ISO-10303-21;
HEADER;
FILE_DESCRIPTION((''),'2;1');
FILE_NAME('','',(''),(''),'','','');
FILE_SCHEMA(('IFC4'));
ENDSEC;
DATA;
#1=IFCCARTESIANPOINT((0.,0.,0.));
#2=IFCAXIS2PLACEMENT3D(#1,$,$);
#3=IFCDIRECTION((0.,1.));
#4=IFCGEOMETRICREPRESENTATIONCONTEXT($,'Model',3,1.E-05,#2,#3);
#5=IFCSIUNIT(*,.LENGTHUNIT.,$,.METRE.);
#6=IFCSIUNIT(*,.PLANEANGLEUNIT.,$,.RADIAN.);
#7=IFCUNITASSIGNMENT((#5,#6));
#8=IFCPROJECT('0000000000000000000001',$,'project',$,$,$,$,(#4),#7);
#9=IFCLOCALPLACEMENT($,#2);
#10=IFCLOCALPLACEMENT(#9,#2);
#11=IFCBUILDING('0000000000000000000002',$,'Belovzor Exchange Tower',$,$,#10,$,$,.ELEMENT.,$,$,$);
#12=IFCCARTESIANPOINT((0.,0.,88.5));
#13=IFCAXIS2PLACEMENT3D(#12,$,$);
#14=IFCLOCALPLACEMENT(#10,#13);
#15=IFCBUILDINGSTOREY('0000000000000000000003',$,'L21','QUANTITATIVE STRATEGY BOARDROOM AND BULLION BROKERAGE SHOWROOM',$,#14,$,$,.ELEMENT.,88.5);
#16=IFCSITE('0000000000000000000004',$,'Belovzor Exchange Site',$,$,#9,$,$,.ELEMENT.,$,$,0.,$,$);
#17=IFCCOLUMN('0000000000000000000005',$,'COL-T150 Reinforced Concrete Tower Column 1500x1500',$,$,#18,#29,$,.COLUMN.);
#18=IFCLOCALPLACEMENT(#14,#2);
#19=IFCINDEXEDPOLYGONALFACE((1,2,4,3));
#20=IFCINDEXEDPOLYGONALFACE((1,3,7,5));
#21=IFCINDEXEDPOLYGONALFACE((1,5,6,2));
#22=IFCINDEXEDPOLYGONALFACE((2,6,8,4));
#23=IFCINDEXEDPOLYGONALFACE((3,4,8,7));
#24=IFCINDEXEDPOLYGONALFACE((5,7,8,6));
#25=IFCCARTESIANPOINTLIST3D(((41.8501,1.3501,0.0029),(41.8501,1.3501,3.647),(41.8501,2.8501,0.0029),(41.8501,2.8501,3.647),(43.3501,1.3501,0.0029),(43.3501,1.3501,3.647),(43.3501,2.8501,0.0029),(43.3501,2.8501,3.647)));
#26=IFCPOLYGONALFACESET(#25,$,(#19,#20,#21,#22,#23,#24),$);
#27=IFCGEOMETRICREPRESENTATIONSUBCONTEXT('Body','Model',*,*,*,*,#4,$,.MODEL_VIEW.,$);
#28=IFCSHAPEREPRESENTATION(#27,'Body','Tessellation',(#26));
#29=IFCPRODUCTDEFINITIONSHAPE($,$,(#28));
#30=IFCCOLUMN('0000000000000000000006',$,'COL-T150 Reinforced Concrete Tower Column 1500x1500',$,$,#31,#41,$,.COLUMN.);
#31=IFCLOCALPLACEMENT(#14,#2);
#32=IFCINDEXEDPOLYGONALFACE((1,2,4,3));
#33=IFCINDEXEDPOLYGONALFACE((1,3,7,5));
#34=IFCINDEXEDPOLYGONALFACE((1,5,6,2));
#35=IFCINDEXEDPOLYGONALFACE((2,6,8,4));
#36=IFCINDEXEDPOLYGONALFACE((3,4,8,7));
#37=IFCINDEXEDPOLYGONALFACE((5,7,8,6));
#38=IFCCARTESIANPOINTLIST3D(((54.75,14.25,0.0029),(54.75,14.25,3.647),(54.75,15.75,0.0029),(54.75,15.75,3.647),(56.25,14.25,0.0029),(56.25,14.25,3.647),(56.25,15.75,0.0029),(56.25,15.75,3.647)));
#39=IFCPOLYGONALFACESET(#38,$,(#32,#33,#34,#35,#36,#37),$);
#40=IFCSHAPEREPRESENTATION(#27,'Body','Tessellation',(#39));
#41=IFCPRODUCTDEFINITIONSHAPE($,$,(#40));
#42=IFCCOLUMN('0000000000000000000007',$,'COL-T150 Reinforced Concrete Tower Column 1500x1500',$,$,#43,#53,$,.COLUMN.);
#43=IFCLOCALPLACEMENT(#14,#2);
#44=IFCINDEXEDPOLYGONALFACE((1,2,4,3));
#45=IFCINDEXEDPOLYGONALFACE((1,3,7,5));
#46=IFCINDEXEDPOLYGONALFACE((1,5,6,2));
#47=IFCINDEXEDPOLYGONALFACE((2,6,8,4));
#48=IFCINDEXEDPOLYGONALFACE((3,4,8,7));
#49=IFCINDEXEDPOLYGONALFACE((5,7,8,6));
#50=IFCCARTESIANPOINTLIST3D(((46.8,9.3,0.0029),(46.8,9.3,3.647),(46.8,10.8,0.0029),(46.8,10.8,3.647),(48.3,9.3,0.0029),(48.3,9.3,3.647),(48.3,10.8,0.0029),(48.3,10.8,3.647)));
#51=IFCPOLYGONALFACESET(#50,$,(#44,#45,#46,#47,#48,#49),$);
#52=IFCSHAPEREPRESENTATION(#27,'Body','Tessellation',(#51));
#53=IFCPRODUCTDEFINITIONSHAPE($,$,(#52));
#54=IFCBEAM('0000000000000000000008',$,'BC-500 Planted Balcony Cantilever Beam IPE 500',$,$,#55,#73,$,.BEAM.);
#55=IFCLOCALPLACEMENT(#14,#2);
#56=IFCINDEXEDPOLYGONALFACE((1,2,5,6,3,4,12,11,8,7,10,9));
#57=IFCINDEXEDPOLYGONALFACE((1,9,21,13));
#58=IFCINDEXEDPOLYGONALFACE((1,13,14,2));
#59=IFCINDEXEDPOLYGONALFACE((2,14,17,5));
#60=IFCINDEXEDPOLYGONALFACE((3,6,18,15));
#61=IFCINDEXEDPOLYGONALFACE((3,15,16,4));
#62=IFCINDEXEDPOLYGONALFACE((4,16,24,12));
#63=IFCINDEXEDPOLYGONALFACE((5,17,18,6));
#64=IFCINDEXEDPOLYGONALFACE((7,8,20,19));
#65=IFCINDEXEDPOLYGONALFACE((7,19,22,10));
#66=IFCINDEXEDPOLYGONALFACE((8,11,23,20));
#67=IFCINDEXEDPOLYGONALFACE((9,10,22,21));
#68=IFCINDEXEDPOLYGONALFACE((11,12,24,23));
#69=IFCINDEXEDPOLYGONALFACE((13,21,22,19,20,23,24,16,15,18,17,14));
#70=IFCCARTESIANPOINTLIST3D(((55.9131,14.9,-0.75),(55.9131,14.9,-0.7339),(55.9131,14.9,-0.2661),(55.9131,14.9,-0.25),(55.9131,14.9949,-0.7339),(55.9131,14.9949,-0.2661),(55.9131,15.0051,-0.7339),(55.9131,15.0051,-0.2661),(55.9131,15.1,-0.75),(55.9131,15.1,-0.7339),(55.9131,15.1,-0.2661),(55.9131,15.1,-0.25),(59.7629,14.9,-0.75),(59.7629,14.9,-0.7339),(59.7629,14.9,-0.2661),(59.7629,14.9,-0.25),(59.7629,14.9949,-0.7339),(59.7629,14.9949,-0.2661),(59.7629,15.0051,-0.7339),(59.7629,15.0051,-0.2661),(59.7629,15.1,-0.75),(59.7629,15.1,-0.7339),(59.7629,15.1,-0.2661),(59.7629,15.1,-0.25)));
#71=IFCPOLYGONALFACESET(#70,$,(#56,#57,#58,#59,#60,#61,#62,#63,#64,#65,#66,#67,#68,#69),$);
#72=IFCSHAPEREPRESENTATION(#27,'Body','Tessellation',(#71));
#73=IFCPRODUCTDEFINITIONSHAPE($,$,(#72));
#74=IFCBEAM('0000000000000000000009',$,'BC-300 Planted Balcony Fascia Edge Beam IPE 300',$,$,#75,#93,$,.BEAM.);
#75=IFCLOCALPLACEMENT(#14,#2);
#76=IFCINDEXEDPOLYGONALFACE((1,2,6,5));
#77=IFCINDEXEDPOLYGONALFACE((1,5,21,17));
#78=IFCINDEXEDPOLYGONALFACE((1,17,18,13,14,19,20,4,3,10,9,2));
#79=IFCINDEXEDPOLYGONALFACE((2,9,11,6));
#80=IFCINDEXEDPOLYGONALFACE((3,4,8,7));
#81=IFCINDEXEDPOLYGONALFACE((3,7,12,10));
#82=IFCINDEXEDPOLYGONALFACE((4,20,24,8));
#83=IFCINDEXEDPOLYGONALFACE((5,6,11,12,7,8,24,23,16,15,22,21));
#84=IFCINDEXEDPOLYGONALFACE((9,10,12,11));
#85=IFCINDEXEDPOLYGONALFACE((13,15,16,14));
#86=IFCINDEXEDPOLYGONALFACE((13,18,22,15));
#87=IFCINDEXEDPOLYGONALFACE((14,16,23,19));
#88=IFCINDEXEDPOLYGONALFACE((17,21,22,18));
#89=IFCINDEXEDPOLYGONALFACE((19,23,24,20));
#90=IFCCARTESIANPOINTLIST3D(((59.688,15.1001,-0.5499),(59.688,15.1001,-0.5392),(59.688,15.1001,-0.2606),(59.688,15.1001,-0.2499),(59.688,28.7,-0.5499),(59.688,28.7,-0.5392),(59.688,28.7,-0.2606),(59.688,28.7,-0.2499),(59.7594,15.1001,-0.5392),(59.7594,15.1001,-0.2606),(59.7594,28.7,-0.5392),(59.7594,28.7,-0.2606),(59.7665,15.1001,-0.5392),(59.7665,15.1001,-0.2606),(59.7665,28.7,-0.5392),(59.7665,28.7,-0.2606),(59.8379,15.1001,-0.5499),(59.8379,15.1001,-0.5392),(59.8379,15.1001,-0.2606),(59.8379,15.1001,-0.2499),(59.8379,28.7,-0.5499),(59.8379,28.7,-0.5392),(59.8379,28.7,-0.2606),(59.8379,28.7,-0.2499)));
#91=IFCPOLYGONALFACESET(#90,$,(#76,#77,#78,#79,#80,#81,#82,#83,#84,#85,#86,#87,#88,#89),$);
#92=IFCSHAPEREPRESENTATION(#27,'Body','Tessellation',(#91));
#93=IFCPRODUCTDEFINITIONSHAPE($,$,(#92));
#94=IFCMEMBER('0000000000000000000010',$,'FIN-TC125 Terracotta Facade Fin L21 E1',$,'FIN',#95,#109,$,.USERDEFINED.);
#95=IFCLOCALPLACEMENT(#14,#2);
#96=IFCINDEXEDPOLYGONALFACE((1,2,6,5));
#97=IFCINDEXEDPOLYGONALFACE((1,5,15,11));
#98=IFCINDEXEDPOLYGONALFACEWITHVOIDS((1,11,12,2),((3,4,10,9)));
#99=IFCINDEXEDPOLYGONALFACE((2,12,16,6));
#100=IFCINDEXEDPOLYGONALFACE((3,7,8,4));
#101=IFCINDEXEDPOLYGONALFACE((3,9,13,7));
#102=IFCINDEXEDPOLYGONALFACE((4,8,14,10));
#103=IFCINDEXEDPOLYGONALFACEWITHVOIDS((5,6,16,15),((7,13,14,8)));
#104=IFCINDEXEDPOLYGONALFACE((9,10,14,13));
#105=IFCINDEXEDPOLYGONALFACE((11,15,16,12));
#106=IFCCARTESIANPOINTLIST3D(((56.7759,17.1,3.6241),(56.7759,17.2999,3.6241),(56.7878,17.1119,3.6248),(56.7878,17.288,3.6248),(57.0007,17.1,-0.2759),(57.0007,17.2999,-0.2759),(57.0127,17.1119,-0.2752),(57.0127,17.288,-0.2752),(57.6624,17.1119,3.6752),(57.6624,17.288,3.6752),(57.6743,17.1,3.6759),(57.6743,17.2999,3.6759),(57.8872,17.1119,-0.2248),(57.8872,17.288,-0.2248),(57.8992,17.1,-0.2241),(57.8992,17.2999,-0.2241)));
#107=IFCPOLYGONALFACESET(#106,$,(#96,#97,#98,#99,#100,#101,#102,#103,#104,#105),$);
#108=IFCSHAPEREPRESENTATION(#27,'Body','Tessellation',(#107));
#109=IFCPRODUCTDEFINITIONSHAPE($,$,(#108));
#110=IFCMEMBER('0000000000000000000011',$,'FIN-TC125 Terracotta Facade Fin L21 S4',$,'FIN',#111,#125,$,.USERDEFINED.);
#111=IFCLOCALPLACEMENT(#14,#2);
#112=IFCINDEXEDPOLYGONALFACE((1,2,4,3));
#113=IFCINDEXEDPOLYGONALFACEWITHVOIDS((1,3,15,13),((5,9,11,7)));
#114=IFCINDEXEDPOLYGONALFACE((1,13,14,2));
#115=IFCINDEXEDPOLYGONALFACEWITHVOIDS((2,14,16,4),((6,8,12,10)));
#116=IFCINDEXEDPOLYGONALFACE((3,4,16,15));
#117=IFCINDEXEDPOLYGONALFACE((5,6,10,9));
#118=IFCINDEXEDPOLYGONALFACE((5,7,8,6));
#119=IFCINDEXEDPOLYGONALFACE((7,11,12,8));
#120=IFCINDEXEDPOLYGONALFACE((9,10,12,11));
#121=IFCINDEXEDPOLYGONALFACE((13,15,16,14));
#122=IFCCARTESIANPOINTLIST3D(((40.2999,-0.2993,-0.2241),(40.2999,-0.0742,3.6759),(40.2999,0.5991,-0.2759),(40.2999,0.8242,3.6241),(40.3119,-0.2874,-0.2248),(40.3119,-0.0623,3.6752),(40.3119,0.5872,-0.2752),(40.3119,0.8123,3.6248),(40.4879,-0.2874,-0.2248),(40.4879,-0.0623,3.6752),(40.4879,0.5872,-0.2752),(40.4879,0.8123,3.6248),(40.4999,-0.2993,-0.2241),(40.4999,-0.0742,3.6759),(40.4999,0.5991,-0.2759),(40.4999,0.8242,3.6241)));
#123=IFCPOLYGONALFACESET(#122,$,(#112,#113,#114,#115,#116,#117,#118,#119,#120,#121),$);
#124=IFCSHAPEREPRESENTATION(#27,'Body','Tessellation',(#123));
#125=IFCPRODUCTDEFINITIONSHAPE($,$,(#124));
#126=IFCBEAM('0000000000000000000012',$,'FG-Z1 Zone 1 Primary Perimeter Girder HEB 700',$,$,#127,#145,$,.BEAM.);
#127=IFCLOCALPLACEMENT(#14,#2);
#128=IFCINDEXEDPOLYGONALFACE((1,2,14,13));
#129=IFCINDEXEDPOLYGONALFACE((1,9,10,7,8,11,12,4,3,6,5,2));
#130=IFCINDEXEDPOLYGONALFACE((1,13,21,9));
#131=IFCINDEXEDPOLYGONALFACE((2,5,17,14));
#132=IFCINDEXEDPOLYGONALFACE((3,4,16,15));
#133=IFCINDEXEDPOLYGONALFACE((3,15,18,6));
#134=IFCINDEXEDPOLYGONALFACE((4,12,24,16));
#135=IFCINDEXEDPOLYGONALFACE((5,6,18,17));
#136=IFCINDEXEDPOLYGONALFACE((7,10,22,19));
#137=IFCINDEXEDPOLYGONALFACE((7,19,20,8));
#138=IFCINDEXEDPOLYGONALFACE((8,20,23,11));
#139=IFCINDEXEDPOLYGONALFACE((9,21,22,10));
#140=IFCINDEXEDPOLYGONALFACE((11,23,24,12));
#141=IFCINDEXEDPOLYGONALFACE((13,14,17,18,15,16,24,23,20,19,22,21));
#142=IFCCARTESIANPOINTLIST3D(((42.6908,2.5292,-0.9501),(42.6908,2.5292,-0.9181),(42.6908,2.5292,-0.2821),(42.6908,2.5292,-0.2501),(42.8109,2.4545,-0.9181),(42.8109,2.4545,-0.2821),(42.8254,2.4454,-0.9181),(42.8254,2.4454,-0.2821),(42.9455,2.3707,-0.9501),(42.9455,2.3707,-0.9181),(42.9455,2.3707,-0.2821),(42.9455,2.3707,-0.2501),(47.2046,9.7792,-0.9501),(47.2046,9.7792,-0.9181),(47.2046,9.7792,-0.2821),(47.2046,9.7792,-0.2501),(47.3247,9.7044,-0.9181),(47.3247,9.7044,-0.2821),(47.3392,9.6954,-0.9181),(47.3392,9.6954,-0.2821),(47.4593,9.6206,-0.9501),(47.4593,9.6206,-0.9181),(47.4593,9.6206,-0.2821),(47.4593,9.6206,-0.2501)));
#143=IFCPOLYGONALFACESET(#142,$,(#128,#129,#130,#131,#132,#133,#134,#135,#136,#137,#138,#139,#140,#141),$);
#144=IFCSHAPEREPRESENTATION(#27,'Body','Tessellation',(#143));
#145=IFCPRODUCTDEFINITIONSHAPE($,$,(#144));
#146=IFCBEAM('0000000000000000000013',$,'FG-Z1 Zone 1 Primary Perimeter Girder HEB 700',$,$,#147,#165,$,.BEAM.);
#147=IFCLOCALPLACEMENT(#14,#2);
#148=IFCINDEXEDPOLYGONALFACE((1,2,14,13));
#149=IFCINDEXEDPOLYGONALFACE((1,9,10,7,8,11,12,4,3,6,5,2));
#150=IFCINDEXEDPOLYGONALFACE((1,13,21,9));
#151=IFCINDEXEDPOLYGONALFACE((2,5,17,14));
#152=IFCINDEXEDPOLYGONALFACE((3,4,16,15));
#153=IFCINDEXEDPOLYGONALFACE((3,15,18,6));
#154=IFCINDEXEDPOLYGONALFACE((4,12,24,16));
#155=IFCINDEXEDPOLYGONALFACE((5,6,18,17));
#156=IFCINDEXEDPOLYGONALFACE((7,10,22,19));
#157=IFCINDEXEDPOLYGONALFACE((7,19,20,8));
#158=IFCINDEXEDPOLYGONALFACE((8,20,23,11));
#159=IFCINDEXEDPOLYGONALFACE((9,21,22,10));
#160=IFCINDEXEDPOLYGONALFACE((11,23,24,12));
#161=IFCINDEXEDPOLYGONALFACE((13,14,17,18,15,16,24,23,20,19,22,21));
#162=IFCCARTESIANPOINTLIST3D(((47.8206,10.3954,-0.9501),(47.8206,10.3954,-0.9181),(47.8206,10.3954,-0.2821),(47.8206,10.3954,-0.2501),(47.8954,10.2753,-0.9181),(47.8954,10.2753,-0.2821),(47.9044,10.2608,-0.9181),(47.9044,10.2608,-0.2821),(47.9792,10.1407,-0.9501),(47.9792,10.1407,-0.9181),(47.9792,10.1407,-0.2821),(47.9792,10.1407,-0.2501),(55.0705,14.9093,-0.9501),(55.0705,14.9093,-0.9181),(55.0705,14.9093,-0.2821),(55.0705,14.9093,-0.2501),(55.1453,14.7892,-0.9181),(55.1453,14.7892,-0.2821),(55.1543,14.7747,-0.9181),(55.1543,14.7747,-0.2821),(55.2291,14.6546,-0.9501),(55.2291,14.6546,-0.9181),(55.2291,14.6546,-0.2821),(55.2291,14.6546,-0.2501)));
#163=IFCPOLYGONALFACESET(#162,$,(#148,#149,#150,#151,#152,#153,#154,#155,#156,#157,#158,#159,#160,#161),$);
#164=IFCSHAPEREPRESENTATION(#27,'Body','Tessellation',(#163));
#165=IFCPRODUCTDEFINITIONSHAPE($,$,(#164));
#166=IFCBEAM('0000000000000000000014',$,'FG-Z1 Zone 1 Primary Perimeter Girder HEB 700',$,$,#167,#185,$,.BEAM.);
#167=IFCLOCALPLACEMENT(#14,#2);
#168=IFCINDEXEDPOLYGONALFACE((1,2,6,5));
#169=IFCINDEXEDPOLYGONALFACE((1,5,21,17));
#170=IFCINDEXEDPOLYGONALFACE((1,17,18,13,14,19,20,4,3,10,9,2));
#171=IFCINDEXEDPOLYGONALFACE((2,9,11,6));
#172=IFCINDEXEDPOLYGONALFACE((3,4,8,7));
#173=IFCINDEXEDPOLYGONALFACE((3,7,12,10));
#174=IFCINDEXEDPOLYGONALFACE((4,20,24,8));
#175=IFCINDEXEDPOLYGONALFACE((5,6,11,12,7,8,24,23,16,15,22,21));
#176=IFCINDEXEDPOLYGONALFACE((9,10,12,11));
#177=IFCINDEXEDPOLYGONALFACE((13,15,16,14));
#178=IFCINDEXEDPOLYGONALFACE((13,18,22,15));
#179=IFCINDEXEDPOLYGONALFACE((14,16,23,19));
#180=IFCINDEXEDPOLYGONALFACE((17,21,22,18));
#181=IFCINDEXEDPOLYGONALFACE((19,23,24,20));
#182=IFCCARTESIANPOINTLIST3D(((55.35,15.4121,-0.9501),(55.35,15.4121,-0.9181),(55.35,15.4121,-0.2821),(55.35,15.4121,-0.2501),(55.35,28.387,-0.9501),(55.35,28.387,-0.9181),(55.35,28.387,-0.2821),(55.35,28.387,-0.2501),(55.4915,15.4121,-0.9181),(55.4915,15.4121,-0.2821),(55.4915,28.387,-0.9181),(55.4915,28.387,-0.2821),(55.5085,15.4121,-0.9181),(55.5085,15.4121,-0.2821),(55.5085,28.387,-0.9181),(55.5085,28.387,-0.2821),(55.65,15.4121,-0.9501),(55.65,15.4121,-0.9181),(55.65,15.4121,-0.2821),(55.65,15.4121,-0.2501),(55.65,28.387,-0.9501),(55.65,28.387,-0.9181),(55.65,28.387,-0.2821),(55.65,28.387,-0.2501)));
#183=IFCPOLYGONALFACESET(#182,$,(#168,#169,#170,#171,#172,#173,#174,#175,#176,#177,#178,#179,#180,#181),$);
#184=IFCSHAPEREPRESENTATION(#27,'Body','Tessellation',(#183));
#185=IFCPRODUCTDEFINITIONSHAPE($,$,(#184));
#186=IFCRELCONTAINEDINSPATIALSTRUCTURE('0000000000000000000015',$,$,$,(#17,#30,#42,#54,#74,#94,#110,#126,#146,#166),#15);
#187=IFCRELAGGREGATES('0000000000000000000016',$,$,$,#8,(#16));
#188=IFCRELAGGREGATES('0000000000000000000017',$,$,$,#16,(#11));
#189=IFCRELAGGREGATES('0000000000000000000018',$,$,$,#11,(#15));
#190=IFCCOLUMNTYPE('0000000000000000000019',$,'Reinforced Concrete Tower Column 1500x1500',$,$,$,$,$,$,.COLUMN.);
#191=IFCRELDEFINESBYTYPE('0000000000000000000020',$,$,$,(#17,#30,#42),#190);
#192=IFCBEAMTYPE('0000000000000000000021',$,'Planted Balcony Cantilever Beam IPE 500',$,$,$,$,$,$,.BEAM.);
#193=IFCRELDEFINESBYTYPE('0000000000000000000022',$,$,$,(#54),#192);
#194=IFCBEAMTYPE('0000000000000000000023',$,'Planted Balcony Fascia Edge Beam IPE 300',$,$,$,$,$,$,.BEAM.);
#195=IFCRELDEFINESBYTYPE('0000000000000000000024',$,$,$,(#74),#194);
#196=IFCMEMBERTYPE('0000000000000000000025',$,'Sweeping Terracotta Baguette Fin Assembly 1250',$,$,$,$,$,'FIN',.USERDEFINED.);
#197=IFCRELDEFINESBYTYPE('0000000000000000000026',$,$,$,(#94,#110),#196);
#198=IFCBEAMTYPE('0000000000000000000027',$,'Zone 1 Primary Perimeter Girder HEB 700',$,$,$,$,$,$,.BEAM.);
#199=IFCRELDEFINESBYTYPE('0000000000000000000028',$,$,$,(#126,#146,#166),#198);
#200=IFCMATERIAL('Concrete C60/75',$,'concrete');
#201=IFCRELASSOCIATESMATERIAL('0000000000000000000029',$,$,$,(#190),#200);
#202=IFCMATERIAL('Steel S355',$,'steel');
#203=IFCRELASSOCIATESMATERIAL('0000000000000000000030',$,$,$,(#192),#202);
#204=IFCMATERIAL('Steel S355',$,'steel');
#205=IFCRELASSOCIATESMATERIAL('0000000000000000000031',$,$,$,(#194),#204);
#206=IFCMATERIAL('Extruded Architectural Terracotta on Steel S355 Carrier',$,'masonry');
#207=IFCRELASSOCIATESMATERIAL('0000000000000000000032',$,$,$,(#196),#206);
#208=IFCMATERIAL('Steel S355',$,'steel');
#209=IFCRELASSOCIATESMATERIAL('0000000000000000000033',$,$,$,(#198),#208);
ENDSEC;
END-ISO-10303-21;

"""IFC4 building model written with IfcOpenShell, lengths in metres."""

from ifc_helpers import new_model, si_unit, direction, frame, origin, origin_2d, place, context, subcontext, project, spatial, rectangle, hollow_rectangle, i_section, extrude, material, material_profile, profile_set, type_object, element, save


model = new_model("IFC4")

# Units and contexts
model_context = context("Model", 3, precision=1e-05, world=origin(), true_north=direction((0.0, 1.0)))
body_context = subcontext(model_context, "Body", "Model", "MODEL_VIEW")
ifc_project = project(units=[si_unit("LENGTHUNIT", "METRE"), si_unit("PLANEANGLEUNIT", "RADIAN")], contexts=[model_context])

# Site, building, storey
site_placement = place(None, origin())
site = spatial("IfcSite", under=ifc_project, at=site_placement, Name="Belovzor Exchange Site", CompositionType="ELEMENT", RefElevation=0.0)
building_placement = place(site_placement, origin())
building = spatial("IfcBuilding", under=site, at=building_placement, Name="Belovzor Exchange Tower", CompositionType="ELEMENT")
storey_placement = place(building_placement, frame((0.0, 0.0, 88.5)))
storey = spatial("IfcBuildingStorey", under=building, at=storey_placement, Name="L21", Description="QUANTITATIVE STRATEGY BOARDROOM AND BULLION BROKERAGE SHOWROOM", CompositionType="ELEMENT", Elevation=88.5)

# Columns
ifc_material_1 = material(Name="Concrete C60/75", Category="concrete")
ifc_material_profile_1 = material_profile(ifc_material_1, rectangle(XDim=1.5, YDim=1.5, at=origin_2d()))
ifc_profile_set_1 = profile_set([ifc_material_profile_1], Name="Concrete C60/75")
column_type = type_object("IfcColumnType", Name="Reinforced Concrete Tower Column 1500x1500", PredefinedType="COLUMN", material=ifc_profile_set_1)
for number, where, z_axis, x_axis, name in (
    (1, (42.6001, 2.1001, 0.0029), (0.0, 0.0, 1.0), (1.0, 0.0, 0.0), "COL-T150 Reinforced Concrete Tower Column 1500x1500"),
    (2, (55.5, 15.0, 0.0029), (0.0, 0.0, 1.0), (1.0, 0.0, 0.0), "COL-T150 Reinforced Concrete Tower Column 1500x1500"),
    (3, (47.55, 10.05, 0.0029), (0.0, 0.0, 1.0), (1.0, 0.0, 0.0), "COL-T150 Reinforced Concrete Tower Column 1500x1500"),
):
    element("IfcColumn", number, at=place(storey_placement, frame(where, z_axis=z_axis, x_axis=x_axis)), inside=storey, type_object=column_type, Name=name, PredefinedType="COLUMN", context=body_context, shape_type="SweptSolid", body=[
        extrude(rectangle(XDim=1.5, YDim=1.5, at=origin_2d()), origin(), (0.0, 0.0, 1.0), 3.644),
    ])

# Beams
ifc_material_2 = material(Name="Steel S355", Category="steel")
ifc_material_profile_2 = material_profile(ifc_material_2, i_section(OverallWidth=0.2, OverallDepth=0.5, WebThickness=0.0103, FlangeThickness=0.0161, at=origin_2d()))
ifc_profile_set_2 = profile_set([ifc_material_profile_2], Name="Steel S355")
beam_type_1 = type_object("IfcBeamType", Name="Planted Balcony Cantilever Beam IPE 500", PredefinedType="BEAM", material=ifc_profile_set_2)
beam_1_placement = place(storey_placement, frame((55.9131, 15.0, -0.5), z_axis=(1.0, 0.0, 0.0), x_axis=(0.0, 1.0, 0.0)))
element("IfcBeam", 4, at=beam_1_placement, inside=storey, type_object=beam_type_1, Name="BC-500 Planted Balcony Cantilever Beam IPE 500", PredefinedType="BEAM", context=body_context, shape_type="SweptSolid", body=[
    extrude(i_section(OverallWidth=0.2, OverallDepth=0.5, WebThickness=0.0103, FlangeThickness=0.0161, at=origin_2d()), origin(), (0.0, 0.0, 1.0), 3.8499),
])
ifc_material_3 = material(Name="Steel S355", Category="steel")
ifc_material_profile_3 = material_profile(ifc_material_3, i_section(OverallWidth=0.1499, OverallDepth=0.3, WebThickness=0.0071, FlangeThickness=0.0107, at=origin_2d()))
ifc_profile_set_3 = profile_set([ifc_material_profile_3], Name="Steel S355")
beam_type_2 = type_object("IfcBeamType", Name="Planted Balcony Fascia Edge Beam IPE 300", PredefinedType="BEAM", material=ifc_profile_set_3)
beam_2_placement = place(storey_placement, frame((59.7629, 15.1001, -0.3999), z_axis=(0.0, 1.0, 0.0), x_axis=(-1.0, 0.0, 0.0)))
element("IfcBeam", 5, at=beam_2_placement, inside=storey, type_object=beam_type_2, Name="BC-300 Planted Balcony Fascia Edge Beam IPE 300", PredefinedType="BEAM", context=body_context, shape_type="SweptSolid", body=[
    extrude(i_section(OverallWidth=0.1499, OverallDepth=0.3, WebThickness=0.0071, FlangeThickness=0.0107, at=origin_2d()), origin(), (0.0, 0.0, 1.0), 13.5999),
])

# Members
ifc_material_4 = material(Name="Extruded Architectural Terracotta on Steel S355 Carrier", Category="masonry")
ifc_material_profile_4 = material_profile(ifc_material_4, hollow_rectangle(XDim=0.2, YDim=0.8999, WallThickness=0.012, at=origin_2d()))
ifc_profile_set_4 = profile_set([ifc_material_profile_4], Name="Extruded Architectural Terracotta on Steel S355 Carrier")
member_type = type_object("IfcMemberType", Name="Sweeping Terracotta Baguette Fin Assembly 1250", ElementType="FIN", PredefinedType="USERDEFINED", material=ifc_profile_set_4)
for number, where, z_axis, x_axis, name in (
    (6, (57.45, 17.2, -0.25), (-0.057561, 0.0, 0.998342), (0.0, -1.0, 0.0), "FIN-TC125 Terracotta Facade Fin L21 E1"),
    (7, (40.3999, 0.1499, -0.25), (0.0, 0.057623, 0.998338), (-1.0, 0.0, 0.0), "FIN-TC125 Terracotta Facade Fin L21 S4"),
):
    element("IfcMember", number, at=place(storey_placement, frame(where, z_axis=z_axis, x_axis=x_axis)), inside=storey, type_object=member_type, Name=name, ObjectType="FIN", PredefinedType="USERDEFINED", context=body_context, shape_type="SweptSolid", body=[
        extrude(hollow_rectangle(XDim=0.2, YDim=0.8999, WallThickness=0.012, at=origin_2d()), origin(), (0.0, 0.0, 1.0), 3.9065),
    ])

# Beams
ifc_material_5 = material(Name="Steel S355", Category="steel")
ifc_material_profile_5 = material_profile(ifc_material_5, i_section(OverallWidth=0.3, OverallDepth=0.7, WebThickness=0.0171, FlangeThickness=0.032, at=origin_2d()))
ifc_profile_set_5 = profile_set([ifc_material_profile_5], Name="Steel S355")
beam_type_3 = type_object("IfcBeamType", Name="Zone 1 Primary Perimeter Girder HEB 700", PredefinedType="BEAM", material=ifc_profile_set_5)
for number, where, z_axis, x_axis, name in (
    (8, (42.8181, 2.45, -0.6001), (0.528539, 0.848909, 0.0), (-0.848909, 0.528539, 0.0), "FG-Z1 Zone 1 Primary Perimeter Girder HEB 700"),
    (9, (47.8999, 10.2681, -0.6001), (0.848909, 0.528539, 0.0), (-0.528539, 0.848909, 0.0), "FG-Z1 Zone 1 Primary Perimeter Girder HEB 700"),
):
    element("IfcBeam", number, at=place(storey_placement, frame(where, z_axis=z_axis, x_axis=x_axis)), inside=storey, type_object=beam_type_3, Name=name, PredefinedType="BEAM", context=body_context, shape_type="SweptSolid", body=[
        extrude(i_section(OverallWidth=0.3, OverallDepth=0.7, WebThickness=0.0171, FlangeThickness=0.032, at=origin_2d()), origin(), (0.0, 0.0, 1.0), 8.5403),
    ])
beam_3_placement = place(storey_placement, frame((55.5, 15.4121, -0.6001), z_axis=(0.0, 1.0, 0.0), x_axis=(-1.0, 0.0, 0.0)))
element("IfcBeam", 10, at=beam_3_placement, inside=storey, type_object=beam_type_3, Name="FG-Z1 Zone 1 Primary Perimeter Girder HEB 700", PredefinedType="BEAM", context=body_context, shape_type="SweptSolid", body=[
    extrude(i_section(OverallWidth=0.3, OverallDepth=0.7, WebThickness=0.0171, FlangeThickness=0.032, at=origin_2d()), origin(), (0.0, 0.0, 1.0), 12.9749),
])

save(model, "model.ifc")
